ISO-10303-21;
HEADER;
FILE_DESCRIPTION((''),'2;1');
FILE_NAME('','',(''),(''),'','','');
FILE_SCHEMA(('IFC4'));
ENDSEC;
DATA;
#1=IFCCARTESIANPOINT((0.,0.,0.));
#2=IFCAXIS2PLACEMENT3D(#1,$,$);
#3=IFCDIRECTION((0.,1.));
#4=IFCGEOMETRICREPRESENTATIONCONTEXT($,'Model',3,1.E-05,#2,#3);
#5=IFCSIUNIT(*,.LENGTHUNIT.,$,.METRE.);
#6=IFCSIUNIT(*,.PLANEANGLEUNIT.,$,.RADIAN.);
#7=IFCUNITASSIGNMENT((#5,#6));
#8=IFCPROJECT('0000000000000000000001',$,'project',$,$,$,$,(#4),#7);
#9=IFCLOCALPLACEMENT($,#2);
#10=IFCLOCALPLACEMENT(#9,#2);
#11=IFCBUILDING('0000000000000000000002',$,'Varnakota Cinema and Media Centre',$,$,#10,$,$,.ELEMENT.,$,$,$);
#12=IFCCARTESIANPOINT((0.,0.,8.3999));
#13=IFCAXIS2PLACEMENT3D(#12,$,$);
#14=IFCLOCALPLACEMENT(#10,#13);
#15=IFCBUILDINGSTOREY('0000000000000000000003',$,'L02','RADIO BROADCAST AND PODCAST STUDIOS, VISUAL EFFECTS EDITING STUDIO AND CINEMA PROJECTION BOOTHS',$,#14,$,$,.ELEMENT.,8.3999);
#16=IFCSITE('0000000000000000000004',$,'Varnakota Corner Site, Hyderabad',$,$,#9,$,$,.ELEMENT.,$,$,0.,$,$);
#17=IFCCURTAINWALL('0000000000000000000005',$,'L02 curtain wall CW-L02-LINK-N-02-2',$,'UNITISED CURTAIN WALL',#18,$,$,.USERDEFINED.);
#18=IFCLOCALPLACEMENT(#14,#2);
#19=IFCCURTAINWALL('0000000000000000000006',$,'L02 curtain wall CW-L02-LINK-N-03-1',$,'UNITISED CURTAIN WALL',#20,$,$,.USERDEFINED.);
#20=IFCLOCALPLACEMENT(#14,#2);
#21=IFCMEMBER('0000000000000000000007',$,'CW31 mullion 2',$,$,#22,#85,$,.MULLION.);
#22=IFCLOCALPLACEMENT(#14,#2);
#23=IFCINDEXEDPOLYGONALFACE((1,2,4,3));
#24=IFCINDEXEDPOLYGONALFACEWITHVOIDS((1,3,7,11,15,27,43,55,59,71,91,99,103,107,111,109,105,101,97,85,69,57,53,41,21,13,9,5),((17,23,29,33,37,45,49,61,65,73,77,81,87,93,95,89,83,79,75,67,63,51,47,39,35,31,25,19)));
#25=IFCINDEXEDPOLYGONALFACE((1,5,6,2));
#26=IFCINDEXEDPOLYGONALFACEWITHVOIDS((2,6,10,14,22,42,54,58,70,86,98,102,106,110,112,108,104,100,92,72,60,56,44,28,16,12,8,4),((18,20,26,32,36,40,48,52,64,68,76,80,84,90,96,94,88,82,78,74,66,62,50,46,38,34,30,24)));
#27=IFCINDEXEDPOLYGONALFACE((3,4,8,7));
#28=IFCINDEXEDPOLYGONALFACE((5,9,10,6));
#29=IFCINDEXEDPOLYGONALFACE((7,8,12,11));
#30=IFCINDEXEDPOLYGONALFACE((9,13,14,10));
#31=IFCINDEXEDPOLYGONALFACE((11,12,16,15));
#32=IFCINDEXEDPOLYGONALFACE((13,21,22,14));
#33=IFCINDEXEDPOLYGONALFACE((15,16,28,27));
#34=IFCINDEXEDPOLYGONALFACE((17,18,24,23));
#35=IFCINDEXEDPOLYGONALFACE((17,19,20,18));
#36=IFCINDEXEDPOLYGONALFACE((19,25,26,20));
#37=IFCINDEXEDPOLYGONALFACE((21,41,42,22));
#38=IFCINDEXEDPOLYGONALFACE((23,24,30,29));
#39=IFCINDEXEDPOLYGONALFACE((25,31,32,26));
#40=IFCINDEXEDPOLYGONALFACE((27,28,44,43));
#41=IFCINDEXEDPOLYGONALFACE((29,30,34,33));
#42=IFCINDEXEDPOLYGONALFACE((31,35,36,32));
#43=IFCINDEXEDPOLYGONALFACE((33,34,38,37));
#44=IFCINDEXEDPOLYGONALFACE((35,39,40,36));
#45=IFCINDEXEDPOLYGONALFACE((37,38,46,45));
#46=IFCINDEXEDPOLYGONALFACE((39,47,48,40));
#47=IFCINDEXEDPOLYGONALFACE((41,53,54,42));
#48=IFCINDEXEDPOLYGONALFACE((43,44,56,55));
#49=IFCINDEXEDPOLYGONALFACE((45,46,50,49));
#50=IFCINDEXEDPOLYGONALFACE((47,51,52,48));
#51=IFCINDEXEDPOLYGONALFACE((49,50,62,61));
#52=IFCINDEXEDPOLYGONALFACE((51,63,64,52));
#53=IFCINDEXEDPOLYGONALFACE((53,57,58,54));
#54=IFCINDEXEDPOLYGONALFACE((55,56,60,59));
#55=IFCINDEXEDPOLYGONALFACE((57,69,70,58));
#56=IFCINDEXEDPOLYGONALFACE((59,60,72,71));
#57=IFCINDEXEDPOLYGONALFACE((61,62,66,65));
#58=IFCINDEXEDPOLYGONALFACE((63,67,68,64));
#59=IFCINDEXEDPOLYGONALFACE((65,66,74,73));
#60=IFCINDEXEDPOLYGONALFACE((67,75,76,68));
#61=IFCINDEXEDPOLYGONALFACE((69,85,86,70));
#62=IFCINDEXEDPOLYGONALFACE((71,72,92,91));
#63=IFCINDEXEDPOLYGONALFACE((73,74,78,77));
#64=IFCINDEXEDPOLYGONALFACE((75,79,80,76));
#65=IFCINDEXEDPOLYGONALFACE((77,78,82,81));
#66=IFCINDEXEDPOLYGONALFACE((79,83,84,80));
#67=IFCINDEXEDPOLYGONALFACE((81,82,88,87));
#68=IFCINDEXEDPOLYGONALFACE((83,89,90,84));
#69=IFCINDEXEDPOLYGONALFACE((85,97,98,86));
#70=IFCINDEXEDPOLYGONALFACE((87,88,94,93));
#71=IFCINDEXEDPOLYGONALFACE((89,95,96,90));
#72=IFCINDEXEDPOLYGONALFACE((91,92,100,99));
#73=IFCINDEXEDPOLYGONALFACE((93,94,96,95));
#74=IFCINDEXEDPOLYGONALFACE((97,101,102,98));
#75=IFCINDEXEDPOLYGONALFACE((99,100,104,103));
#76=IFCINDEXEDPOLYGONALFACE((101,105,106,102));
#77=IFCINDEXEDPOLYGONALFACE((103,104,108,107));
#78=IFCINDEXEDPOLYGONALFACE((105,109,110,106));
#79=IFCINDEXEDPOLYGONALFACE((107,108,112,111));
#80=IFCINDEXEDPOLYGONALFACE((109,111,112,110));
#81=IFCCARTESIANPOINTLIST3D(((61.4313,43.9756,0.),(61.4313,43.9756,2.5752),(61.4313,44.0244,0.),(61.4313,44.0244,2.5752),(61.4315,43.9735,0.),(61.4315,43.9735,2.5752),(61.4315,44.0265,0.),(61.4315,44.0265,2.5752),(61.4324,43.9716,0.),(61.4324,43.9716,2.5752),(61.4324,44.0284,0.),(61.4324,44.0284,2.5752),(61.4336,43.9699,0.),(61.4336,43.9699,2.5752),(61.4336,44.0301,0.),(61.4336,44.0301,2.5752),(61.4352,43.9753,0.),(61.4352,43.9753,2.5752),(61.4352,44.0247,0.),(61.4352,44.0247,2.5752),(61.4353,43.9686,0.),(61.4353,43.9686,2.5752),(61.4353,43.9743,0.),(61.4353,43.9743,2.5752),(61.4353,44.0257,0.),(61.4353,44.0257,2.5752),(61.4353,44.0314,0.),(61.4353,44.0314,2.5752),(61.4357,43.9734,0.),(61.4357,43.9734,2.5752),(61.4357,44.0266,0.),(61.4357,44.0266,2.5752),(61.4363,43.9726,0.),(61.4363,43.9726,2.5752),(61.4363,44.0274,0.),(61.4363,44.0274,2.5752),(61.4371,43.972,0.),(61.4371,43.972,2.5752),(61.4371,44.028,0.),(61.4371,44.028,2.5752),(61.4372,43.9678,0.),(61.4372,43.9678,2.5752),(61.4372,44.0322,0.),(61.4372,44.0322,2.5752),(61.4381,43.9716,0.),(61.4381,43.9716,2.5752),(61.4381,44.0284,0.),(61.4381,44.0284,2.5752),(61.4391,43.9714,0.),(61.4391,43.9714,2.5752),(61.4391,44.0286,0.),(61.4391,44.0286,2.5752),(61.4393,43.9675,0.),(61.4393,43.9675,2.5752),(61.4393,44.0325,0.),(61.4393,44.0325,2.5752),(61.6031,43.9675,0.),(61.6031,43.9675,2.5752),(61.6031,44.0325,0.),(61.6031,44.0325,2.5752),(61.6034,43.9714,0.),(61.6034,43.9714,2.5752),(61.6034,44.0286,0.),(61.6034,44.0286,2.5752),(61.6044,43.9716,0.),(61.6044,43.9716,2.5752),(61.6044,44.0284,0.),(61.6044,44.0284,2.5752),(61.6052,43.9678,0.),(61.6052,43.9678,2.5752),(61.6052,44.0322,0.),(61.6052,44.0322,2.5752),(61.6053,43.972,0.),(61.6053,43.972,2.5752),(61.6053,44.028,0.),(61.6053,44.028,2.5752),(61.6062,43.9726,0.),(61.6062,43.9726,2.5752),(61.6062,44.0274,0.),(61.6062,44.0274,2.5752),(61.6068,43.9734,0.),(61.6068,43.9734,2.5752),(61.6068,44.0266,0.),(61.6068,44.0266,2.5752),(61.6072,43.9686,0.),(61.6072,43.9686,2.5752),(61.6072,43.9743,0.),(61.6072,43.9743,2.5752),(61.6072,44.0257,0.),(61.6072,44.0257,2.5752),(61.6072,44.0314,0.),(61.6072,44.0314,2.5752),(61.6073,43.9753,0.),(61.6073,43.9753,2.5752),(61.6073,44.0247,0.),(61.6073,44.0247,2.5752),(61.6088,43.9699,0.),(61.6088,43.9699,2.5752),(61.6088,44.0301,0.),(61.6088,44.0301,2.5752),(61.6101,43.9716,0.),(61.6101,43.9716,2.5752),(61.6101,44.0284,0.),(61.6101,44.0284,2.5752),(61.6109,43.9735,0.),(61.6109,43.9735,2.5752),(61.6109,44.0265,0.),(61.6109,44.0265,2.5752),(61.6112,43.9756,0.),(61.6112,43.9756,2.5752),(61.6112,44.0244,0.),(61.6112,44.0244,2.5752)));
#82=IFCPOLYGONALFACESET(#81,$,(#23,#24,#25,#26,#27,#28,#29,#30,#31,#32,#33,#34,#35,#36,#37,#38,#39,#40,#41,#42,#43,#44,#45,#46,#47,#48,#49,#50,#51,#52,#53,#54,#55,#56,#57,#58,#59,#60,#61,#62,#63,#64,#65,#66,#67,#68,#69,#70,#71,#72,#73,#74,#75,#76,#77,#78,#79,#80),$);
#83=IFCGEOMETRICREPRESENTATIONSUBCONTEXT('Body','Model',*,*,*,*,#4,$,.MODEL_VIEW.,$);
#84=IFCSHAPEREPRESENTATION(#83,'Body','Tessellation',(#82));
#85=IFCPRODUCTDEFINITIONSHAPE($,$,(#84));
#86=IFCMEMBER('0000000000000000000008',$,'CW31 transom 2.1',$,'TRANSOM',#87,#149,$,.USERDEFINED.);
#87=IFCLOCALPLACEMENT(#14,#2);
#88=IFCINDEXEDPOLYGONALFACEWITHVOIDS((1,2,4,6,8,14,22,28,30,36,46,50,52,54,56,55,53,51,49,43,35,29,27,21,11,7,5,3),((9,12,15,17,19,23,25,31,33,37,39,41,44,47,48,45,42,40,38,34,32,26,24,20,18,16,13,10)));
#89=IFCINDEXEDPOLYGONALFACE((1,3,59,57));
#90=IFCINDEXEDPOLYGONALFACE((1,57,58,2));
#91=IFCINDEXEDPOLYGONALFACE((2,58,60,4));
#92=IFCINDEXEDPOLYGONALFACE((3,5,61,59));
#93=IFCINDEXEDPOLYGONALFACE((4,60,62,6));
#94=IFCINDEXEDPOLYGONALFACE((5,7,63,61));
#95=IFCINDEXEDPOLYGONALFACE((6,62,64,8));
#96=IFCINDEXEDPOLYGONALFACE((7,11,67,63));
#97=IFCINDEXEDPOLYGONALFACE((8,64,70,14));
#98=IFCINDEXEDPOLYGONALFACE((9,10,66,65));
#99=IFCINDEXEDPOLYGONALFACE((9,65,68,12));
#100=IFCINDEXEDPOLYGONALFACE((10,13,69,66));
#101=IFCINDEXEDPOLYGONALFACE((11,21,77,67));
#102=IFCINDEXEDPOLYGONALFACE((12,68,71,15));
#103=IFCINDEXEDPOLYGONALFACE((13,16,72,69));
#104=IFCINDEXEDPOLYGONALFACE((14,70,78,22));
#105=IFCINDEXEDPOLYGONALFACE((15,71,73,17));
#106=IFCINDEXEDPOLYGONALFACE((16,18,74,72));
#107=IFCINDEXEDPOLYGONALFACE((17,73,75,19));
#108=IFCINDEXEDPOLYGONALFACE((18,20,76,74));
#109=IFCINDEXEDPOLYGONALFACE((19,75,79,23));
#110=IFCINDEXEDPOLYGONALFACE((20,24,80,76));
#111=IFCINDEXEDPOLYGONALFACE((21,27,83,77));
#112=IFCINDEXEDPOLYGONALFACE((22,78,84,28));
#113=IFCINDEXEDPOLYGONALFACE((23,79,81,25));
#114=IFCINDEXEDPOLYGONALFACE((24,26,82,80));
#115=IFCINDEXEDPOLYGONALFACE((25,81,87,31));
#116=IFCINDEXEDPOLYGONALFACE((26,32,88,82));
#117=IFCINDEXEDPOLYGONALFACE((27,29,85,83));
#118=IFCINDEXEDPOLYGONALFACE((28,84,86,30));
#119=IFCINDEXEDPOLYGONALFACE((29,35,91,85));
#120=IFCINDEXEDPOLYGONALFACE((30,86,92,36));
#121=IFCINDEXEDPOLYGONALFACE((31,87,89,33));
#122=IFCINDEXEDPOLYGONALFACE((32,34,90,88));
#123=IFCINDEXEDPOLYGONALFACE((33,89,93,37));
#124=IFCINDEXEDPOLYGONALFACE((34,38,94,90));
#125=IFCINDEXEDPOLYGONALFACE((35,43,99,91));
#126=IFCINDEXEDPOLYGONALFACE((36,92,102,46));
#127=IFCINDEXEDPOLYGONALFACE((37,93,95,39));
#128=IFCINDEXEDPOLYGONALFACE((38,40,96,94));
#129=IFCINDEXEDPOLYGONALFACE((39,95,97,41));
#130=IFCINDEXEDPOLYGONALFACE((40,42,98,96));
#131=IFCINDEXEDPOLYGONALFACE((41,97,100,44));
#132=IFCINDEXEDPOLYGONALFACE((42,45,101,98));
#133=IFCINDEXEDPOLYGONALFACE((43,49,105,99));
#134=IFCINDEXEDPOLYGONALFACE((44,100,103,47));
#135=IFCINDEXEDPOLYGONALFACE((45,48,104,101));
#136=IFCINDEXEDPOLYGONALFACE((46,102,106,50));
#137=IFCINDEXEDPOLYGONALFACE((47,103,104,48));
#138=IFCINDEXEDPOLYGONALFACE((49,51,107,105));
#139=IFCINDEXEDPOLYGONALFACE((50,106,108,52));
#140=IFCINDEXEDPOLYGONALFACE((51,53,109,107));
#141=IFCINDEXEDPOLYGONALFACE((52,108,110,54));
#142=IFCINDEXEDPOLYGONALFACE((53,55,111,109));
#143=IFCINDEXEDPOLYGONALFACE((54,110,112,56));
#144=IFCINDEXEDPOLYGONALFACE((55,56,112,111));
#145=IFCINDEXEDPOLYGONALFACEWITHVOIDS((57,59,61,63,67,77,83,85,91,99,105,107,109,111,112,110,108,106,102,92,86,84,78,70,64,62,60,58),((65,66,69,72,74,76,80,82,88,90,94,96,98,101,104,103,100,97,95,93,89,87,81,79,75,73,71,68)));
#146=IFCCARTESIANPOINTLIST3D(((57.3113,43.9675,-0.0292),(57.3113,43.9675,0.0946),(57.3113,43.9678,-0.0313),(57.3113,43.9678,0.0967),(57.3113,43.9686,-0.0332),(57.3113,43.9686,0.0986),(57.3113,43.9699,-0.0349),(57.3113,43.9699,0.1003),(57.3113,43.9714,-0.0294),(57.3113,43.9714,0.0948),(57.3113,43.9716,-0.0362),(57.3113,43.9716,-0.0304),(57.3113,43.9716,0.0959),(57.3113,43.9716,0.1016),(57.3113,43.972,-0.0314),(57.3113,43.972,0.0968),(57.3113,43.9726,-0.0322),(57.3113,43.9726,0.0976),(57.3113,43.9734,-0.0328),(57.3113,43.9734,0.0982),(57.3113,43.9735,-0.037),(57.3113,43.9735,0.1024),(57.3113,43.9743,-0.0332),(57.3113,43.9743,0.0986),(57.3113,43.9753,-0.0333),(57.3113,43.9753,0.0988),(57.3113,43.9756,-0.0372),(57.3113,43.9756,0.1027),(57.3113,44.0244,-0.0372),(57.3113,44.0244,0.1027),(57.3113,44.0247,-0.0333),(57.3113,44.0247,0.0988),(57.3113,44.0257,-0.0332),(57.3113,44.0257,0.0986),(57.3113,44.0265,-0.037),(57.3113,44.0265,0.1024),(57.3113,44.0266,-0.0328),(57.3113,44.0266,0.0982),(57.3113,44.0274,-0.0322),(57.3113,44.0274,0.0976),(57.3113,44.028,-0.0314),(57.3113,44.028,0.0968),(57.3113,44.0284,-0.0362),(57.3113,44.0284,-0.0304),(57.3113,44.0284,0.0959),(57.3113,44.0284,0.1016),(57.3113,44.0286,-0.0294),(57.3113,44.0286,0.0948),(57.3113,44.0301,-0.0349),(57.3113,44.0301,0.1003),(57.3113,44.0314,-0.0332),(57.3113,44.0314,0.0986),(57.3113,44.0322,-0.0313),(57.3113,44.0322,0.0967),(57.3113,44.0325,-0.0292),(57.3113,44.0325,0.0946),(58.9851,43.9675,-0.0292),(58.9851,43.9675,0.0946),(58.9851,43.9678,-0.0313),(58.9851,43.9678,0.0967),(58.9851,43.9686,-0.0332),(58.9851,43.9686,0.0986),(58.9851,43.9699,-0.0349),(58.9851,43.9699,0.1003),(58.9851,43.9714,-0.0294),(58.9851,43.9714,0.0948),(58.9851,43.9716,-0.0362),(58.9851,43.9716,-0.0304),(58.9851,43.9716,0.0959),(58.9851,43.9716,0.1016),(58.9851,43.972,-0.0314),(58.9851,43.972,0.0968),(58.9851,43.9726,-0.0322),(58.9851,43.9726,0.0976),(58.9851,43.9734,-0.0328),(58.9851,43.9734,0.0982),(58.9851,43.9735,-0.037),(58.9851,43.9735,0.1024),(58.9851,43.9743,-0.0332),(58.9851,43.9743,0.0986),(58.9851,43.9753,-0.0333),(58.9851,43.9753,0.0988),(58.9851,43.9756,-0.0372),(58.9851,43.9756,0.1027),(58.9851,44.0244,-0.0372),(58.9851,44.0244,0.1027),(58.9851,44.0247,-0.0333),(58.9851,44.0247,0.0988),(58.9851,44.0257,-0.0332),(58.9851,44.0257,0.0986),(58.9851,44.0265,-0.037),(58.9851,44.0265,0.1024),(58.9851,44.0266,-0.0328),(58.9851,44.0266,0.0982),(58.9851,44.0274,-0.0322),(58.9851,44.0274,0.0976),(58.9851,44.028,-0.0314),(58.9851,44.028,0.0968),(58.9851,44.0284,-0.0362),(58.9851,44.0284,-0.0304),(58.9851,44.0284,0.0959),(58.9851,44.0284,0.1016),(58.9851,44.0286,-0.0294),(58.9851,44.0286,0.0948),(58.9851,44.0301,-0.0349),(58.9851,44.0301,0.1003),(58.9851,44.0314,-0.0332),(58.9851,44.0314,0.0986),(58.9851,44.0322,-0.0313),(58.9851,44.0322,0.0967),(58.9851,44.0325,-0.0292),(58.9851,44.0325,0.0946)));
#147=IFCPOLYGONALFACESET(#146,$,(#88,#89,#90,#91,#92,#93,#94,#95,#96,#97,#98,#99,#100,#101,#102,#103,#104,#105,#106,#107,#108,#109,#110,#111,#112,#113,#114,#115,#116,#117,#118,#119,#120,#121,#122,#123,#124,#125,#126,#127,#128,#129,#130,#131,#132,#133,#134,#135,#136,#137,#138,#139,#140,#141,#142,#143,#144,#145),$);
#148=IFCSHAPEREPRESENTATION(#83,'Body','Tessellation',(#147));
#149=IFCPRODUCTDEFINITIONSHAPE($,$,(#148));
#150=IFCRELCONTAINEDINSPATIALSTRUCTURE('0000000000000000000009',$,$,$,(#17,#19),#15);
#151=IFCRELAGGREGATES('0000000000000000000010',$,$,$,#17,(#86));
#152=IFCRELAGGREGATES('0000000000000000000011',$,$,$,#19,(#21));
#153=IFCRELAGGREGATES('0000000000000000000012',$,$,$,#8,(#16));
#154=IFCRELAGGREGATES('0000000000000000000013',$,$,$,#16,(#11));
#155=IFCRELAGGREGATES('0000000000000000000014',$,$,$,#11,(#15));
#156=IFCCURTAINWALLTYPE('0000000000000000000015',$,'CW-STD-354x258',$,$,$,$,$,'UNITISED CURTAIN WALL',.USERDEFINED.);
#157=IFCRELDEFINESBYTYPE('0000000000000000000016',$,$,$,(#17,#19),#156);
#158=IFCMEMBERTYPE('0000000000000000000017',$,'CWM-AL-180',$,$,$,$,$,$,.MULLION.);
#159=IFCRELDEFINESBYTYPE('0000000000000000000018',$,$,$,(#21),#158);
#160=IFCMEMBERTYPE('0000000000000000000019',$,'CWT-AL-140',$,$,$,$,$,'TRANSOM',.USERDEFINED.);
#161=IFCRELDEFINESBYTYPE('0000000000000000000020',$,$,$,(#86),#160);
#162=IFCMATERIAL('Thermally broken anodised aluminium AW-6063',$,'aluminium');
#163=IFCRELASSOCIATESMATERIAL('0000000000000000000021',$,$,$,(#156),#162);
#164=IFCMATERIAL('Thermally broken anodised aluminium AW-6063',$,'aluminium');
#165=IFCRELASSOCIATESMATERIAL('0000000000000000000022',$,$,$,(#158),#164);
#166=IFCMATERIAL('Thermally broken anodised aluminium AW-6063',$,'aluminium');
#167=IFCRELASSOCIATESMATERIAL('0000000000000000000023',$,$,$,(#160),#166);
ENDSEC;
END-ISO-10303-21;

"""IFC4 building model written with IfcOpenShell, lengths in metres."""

from ifc_helpers import new_model, si_unit, direction, frame, origin, origin_2d, place, context, subcontext, project, spatial, hollow_rectangle, extrude, material, material_profile, profile_set, type_object, element, aggregate, save


model = new_model("IFC4")

# Units and contexts
model_context = context("Model", 3, precision=1e-05, world=origin(), true_north=direction((0.0, 1.0)))
body_context = subcontext(model_context, "Body", "Model", "MODEL_VIEW")
ifc_project = project(units=[si_unit("LENGTHUNIT", "METRE"), si_unit("PLANEANGLEUNIT", "RADIAN")], contexts=[model_context])

# Site, building, storey
site_placement = place(None, origin())
site = spatial("IfcSite", under=ifc_project, at=site_placement, Name="Varnakota Corner Site, Hyderabad", CompositionType="ELEMENT", RefElevation=0.0)
building_placement = place(site_placement, origin())
building = spatial("IfcBuilding", under=site, at=building_placement, Name="Varnakota Cinema and Media Centre", CompositionType="ELEMENT")
storey_placement = place(building_placement, frame((0.0, 0.0, 8.3999)))
storey = spatial("IfcBuildingStorey", under=building, at=storey_placement, Name="L02", Description="RADIO BROADCAST AND PODCAST STUDIOS, VISUAL EFFECTS EDITING STUDIO AND CINEMA PROJECTION BOOTHS", CompositionType="ELEMENT", Elevation=8.3999)

# Curtain walls, member
ifc_material_1 = material(Name="Thermally broken anodised aluminium AW-6063", Category="aluminium")
curtain_wall_type = type_object("IfcCurtainWallType", Name="CW-STD-354x258", ElementType="UNITISED CURTAIN WALL", PredefinedType="USERDEFINED", material=ifc_material_1)
curtain_wall_1_placement = place(storey_placement, origin())
curtain_wall_1 = element("IfcCurtainWall", 1, at=curtain_wall_1_placement, inside=storey, type_object=curtain_wall_type, Name="L02 curtain wall CW-L02-LINK-N-02-2", ObjectType="UNITISED CURTAIN WALL", PredefinedType="USERDEFINED")
ifc_material_2 = material(Name="Thermally broken anodised aluminium AW-6063", Category="aluminium")
ifc_material_profile_1 = material_profile(ifc_material_2, hollow_rectangle(XDim=0.0649, YDim=0.1799, WallThickness=0.0039, InnerFilletRadius=0.0039, OuterFilletRadius=0.0081, at=origin_2d()), Name="AL-MULLION 180x65x4")
ifc_profile_set_1 = profile_set([ifc_material_profile_1], Name="Thermally broken anodised aluminium AW-6063")
member_type_1 = type_object("IfcMemberType", Name="CWM-AL-180", PredefinedType="MULLION", material=ifc_profile_set_1)
curtain_wall_2_placement = place(storey_placement, origin())
curtain_wall_2 = element("IfcCurtainWall", 2, at=curtain_wall_2_placement, inside=storey, type_object=curtain_wall_type, Name="L02 curtain wall CW-L02-LINK-N-03-1", ObjectType="UNITISED CURTAIN WALL", PredefinedType="USERDEFINED")
member_1_placement = place(storey_placement, frame((61.5212, 44.0, 0.0), z_axis=(0.0, 0.0, 1.0), x_axis=(0.0, 1.0, 0.0)))
member_1 = element("IfcMember", 3, at=member_1_placement, type_object=member_type_1, Name="CW31 mullion 2", PredefinedType="MULLION", context=body_context, shape_type="SweptSolid", body=[
    extrude(hollow_rectangle(XDim=0.0649, YDim=0.1799, WallThickness=0.0039, InnerFilletRadius=0.0039, OuterFilletRadius=0.0081, at=origin_2d()), origin(), (0.0, 0.0, 1.0), 2.5752),
])

# Member
ifc_material_3 = material(Name="Thermally broken anodised aluminium AW-6063", Category="aluminium")
ifc_material_profile_2 = material_profile(ifc_material_3, hollow_rectangle(XDim=0.0649, YDim=0.1399, WallThickness=0.0039, InnerFilletRadius=0.0039, OuterFilletRadius=0.0081, at=origin_2d()), Name="AL-TRANSOM 140x65x4")
ifc_profile_set_2 = profile_set([ifc_material_profile_2], Name="Thermally broken anodised aluminium AW-6063")
member_type_2 = type_object("IfcMemberType", Name="CWT-AL-140", ElementType="TRANSOM", PredefinedType="USERDEFINED", material=ifc_profile_set_2)
member_2_placement = place(storey_placement, frame((57.3113, 44.0, 0.0327), z_axis=(1.0, 0.0, 0.0), x_axis=(0.0, 1.0, 0.0)))
member_2 = element("IfcMember", 4, at=member_2_placement, type_object=member_type_2, Name="CW31 transom 2.1", ObjectType="TRANSOM", PredefinedType="USERDEFINED", context=body_context, shape_type="SweptSolid", body=[
    extrude(hollow_rectangle(XDim=0.0649, YDim=0.1399, WallThickness=0.0039, InnerFilletRadius=0.0039, OuterFilletRadius=0.0081, at=origin_2d()), origin(), (0.0, 0.0, 1.0), 1.6738),
])

aggregate(curtain_wall_1, [member_2])
aggregate(curtain_wall_2, [member_1])

save(model, "model.ifc")
